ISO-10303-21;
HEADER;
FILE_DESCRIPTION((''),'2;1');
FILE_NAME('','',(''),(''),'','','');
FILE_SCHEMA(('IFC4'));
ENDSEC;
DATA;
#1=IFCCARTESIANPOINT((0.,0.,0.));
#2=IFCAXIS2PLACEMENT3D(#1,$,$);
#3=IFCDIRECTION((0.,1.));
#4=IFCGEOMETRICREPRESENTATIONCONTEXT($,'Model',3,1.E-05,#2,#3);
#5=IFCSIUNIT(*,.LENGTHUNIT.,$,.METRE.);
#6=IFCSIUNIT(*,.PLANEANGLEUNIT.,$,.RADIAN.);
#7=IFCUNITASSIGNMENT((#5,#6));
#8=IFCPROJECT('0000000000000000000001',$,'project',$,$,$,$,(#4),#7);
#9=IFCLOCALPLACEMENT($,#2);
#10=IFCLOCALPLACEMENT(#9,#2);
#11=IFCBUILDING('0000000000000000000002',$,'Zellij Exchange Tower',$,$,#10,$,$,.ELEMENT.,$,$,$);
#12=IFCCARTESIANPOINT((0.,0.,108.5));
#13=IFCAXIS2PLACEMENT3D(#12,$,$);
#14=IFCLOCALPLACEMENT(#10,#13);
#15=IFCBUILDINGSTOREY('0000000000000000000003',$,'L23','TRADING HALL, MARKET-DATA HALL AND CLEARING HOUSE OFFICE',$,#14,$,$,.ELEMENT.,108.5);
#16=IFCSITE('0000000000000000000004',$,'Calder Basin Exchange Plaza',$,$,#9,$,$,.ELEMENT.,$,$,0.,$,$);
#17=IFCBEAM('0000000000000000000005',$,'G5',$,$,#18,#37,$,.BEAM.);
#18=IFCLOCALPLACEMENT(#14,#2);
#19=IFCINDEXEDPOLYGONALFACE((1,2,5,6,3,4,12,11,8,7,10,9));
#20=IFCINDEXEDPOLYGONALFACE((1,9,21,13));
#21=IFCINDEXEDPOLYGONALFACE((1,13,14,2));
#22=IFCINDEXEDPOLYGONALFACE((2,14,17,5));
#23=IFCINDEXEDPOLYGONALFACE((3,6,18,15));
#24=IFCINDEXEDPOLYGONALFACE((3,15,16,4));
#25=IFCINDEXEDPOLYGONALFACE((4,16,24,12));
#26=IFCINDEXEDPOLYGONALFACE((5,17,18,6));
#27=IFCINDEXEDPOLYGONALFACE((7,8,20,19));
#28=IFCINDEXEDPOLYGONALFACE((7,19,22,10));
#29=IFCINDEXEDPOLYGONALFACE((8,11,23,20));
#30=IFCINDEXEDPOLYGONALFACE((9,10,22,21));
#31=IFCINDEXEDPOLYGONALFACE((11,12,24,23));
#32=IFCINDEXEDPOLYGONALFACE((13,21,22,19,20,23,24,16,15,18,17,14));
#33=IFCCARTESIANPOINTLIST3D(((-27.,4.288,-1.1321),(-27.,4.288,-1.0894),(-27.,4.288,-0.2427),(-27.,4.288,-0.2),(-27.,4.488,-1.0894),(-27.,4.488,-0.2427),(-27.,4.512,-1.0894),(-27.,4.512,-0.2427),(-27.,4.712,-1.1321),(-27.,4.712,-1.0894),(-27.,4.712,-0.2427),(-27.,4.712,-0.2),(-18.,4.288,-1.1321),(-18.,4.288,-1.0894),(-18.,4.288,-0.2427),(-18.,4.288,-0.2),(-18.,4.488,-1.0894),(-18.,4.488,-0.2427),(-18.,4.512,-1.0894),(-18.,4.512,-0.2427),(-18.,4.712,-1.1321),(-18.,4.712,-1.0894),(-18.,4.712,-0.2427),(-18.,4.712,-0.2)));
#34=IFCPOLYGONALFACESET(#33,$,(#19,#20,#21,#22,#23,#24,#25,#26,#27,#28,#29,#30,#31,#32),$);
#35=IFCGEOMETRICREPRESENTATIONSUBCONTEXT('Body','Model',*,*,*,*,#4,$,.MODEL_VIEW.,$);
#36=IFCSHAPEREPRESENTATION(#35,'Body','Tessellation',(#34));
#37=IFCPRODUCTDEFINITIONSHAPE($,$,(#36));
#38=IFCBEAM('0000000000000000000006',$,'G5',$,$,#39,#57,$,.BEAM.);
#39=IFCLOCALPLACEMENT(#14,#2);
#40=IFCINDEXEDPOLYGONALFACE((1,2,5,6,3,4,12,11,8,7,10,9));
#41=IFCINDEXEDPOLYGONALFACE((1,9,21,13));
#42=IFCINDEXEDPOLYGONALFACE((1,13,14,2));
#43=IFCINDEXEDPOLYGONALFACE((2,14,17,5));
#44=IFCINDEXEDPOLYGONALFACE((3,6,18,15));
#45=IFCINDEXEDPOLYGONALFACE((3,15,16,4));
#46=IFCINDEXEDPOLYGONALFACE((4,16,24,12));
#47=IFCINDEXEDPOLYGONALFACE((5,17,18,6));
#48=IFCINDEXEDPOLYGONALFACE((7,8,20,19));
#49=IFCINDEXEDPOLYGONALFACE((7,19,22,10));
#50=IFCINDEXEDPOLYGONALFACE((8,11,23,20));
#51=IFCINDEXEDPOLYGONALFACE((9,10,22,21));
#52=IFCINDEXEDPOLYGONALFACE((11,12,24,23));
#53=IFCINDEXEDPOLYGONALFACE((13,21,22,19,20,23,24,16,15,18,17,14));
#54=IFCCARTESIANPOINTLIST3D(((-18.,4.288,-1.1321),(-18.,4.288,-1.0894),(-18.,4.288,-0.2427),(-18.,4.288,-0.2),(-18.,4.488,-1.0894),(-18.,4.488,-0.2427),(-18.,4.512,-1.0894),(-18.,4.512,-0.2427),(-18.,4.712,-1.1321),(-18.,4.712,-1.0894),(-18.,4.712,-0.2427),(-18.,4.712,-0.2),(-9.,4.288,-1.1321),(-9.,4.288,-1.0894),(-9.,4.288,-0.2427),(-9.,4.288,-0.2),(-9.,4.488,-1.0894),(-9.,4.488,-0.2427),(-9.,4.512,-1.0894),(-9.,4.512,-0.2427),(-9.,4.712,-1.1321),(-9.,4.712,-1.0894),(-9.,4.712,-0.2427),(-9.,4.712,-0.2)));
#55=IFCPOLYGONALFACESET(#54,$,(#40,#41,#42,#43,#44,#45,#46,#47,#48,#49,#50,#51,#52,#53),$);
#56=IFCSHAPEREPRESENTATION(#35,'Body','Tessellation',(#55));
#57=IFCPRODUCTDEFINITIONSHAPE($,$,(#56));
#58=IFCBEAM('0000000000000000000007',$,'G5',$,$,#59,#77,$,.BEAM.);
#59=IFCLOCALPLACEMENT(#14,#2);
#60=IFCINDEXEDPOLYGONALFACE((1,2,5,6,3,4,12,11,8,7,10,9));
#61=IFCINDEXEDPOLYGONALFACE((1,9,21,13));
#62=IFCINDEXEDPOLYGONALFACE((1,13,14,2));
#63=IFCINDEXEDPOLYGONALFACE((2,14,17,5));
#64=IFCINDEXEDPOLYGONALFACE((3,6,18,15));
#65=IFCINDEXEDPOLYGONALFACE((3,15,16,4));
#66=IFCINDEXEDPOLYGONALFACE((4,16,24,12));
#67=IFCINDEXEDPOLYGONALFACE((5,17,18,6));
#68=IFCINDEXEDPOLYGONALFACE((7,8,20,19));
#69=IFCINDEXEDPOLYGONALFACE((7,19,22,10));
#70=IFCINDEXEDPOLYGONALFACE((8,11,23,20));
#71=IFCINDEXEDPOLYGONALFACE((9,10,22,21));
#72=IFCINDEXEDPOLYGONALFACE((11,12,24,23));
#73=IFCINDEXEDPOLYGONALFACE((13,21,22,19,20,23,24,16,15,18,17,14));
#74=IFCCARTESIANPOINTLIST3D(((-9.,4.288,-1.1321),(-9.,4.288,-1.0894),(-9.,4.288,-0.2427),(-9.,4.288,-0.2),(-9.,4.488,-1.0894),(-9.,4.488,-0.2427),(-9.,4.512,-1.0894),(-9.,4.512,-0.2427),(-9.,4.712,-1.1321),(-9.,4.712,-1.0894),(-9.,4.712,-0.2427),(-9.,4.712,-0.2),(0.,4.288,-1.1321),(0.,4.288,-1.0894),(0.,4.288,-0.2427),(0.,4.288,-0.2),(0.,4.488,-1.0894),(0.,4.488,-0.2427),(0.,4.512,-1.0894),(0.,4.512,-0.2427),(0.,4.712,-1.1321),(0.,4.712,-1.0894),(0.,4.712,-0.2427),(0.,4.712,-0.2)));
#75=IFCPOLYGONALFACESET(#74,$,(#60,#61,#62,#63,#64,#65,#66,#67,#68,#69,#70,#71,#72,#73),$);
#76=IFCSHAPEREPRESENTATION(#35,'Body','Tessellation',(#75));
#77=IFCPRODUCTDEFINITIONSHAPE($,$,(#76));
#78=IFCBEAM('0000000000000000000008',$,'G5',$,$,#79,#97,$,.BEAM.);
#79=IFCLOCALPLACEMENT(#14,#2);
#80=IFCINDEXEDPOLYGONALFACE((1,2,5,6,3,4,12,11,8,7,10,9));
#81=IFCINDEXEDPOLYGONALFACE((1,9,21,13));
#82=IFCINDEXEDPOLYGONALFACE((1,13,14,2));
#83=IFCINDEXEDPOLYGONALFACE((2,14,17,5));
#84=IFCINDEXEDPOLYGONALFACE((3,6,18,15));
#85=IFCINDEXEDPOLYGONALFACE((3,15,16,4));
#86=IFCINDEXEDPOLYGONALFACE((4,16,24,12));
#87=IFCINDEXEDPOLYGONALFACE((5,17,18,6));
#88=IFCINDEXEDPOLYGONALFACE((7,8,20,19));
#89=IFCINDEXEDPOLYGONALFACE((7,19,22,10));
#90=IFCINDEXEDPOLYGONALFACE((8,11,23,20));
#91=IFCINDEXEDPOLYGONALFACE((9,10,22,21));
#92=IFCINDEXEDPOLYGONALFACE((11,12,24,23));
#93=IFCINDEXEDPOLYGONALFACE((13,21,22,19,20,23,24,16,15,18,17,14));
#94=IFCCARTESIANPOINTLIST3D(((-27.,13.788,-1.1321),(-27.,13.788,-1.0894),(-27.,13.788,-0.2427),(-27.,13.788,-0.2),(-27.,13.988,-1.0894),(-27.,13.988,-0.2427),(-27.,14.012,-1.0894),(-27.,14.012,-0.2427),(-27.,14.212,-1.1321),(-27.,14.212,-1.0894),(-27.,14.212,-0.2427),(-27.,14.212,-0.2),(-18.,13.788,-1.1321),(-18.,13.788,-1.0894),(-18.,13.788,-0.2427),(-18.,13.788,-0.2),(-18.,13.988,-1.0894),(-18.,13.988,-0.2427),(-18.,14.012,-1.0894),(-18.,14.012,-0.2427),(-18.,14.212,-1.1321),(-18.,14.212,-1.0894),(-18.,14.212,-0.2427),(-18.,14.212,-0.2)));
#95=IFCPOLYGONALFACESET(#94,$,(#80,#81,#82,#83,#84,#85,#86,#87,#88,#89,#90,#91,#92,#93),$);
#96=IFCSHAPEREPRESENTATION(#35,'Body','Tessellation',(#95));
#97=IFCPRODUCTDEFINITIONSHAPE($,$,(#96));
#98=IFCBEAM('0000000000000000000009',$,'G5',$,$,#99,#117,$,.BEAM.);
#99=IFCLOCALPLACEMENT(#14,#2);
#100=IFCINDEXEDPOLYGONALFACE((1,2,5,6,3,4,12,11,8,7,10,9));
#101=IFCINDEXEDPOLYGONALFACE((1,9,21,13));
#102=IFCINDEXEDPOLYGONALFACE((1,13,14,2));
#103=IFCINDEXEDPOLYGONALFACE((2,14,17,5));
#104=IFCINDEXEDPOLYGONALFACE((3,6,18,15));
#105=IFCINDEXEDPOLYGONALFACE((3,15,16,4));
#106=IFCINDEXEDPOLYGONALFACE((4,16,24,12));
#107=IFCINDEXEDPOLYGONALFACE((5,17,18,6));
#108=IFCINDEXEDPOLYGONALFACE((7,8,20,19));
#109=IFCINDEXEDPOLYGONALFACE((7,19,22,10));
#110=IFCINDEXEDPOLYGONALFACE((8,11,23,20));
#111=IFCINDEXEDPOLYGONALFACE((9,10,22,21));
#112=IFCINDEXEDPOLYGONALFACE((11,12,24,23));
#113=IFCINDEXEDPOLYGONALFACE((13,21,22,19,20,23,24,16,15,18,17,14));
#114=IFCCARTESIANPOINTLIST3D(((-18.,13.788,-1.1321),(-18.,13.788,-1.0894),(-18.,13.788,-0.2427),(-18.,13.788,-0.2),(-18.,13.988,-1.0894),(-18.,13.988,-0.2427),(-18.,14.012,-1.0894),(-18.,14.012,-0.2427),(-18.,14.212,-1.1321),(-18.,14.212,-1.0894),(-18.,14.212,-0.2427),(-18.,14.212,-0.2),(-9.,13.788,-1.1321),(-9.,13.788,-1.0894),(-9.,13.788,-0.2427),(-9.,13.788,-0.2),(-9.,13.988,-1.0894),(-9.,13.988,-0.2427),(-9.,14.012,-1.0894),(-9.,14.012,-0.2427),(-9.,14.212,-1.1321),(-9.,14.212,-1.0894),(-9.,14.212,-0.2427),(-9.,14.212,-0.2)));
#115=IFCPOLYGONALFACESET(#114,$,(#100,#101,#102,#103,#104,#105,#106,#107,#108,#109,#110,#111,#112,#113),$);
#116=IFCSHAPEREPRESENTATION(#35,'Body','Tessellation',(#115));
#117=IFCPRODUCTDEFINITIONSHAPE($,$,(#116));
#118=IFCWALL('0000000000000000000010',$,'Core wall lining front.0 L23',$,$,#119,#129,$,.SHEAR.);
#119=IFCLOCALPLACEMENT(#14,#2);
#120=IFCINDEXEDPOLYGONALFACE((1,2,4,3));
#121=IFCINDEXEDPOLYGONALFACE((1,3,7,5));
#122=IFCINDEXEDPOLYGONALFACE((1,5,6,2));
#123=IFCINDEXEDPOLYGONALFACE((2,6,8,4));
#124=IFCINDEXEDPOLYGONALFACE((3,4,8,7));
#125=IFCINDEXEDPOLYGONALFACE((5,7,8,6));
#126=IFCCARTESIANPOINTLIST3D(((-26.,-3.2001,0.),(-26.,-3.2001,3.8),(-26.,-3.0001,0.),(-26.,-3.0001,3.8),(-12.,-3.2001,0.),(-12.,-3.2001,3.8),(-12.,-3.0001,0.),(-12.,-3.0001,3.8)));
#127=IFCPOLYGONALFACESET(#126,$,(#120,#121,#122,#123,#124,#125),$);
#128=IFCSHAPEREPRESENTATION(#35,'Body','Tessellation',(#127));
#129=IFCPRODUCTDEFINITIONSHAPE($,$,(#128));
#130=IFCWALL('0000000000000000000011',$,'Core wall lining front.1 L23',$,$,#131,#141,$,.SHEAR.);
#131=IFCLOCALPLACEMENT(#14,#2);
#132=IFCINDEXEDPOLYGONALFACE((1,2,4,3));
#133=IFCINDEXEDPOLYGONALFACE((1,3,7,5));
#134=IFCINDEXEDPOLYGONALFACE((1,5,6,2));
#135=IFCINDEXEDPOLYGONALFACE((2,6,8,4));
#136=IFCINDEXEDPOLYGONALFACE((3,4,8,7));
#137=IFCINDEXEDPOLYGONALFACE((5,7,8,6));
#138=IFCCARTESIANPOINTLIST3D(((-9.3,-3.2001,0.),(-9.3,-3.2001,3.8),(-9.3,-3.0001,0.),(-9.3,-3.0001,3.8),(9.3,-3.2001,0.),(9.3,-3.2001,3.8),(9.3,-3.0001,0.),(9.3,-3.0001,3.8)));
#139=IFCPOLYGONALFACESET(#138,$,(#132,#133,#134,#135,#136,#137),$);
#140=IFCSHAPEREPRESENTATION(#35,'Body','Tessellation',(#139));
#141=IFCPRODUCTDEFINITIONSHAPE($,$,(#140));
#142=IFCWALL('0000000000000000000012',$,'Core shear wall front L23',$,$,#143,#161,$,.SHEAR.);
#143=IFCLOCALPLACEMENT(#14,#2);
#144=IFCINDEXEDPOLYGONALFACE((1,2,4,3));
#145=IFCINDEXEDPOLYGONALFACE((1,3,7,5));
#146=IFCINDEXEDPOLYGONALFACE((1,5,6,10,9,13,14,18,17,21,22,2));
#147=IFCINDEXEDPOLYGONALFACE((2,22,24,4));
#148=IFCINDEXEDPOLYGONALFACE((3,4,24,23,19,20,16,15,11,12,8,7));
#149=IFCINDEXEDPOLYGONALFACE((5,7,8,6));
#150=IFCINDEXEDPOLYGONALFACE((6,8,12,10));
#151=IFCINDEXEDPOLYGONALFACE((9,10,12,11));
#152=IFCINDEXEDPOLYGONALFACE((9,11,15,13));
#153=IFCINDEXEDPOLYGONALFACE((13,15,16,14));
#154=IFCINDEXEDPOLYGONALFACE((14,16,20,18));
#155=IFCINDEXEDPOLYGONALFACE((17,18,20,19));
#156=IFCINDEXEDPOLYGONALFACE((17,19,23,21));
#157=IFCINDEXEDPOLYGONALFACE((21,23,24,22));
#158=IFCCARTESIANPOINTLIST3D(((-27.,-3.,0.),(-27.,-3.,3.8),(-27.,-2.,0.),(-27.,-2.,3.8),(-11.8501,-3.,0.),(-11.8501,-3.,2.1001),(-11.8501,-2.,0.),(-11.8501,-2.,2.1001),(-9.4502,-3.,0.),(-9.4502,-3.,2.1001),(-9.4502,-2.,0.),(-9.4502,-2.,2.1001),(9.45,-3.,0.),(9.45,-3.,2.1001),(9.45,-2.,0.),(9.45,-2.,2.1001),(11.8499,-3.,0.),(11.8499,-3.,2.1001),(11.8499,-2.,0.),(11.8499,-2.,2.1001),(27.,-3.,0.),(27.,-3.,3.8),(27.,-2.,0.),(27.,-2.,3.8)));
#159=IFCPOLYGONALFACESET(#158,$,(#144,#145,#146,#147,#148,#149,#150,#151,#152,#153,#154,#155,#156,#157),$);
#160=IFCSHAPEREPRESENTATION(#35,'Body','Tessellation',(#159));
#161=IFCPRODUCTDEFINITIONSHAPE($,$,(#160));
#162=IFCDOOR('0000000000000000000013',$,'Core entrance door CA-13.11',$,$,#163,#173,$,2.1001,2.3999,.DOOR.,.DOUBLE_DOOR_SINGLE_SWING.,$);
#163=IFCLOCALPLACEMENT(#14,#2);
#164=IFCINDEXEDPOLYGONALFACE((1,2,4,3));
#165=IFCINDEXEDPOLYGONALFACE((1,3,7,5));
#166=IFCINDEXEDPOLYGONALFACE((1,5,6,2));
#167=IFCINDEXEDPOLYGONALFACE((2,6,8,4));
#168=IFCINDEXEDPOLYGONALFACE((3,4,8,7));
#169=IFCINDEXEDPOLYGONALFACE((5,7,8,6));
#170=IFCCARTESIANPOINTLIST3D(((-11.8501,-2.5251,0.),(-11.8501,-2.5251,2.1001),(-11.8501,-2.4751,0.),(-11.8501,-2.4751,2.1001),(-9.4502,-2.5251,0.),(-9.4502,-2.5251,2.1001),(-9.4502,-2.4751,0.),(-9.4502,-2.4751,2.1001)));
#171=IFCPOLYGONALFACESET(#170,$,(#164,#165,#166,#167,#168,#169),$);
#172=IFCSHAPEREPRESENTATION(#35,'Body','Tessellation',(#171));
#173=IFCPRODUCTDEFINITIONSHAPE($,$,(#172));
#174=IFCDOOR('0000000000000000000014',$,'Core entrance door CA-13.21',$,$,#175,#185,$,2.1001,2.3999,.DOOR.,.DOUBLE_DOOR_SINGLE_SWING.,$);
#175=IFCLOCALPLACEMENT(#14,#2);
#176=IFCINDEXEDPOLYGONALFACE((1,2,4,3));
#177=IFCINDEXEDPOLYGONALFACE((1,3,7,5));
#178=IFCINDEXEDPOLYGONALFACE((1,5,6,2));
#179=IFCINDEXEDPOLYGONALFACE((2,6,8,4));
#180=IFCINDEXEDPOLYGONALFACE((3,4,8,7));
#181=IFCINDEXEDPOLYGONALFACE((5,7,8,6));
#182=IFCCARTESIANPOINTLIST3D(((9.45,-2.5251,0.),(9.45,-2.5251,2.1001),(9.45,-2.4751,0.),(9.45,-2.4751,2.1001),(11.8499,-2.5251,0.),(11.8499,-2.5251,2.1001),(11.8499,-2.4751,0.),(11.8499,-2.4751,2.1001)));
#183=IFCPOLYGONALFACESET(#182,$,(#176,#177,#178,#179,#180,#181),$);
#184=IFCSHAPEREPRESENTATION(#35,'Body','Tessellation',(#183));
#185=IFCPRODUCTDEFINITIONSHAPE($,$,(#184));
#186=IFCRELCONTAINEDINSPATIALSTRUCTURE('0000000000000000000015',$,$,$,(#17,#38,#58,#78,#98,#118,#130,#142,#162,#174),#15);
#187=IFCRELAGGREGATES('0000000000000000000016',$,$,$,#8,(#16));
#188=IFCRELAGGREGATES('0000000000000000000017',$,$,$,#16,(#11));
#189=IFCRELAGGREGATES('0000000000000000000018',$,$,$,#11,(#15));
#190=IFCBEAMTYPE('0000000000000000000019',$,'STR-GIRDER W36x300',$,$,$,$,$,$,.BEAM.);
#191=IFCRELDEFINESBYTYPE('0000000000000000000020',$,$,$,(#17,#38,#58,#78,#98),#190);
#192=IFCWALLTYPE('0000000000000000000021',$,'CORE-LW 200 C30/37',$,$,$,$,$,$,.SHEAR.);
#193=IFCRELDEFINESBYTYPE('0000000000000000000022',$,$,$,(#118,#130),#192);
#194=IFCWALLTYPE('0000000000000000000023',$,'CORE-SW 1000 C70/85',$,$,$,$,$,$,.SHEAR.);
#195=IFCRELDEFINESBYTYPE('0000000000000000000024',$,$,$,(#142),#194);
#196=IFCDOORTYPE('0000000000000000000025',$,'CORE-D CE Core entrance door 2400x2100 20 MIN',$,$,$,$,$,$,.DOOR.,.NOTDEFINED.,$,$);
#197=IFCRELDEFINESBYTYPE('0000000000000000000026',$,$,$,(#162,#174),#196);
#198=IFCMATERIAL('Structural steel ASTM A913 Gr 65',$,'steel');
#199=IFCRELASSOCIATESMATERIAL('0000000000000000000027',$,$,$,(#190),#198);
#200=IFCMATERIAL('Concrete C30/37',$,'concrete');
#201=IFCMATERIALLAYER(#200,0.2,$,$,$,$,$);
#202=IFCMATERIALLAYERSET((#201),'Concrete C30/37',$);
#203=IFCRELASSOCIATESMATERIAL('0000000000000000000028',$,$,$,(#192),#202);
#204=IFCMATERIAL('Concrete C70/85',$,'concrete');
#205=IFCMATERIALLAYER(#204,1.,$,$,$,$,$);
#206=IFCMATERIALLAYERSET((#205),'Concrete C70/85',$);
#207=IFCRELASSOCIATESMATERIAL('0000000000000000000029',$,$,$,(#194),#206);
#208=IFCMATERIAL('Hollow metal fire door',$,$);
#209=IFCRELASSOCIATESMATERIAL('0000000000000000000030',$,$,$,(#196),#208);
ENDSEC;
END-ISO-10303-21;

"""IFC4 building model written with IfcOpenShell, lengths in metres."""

from ifc_helpers import new_model, si_unit, direction, frame, frame_2d, origin, origin_2d, place, context, subcontext, project, spatial, rectangle, i_section, extrude, material, layer, layer_set, material_profile, profile_set, type_object, element, fill, save


model = new_model("IFC4")

# Units and contexts
model_context = context("Model", 3, precision=1e-05, world=origin(), true_north=direction((0.0, 1.0)))
body_context = subcontext(model_context, "Body", "Model", "MODEL_VIEW")
ifc_project = project(units=[si_unit("LENGTHUNIT", "METRE"), si_unit("PLANEANGLEUNIT", "RADIAN")], contexts=[model_context])

# Site, building, storey
site_placement = place(None, origin())
site = spatial("IfcSite", under=ifc_project, at=site_placement, Name="Calder Basin Exchange Plaza", CompositionType="ELEMENT", RefElevation=0.0)
building_placement = place(site_placement, origin())
building = spatial("IfcBuilding", under=site, at=building_placement, Name="Zellij Exchange Tower", CompositionType="ELEMENT")
storey_placement = place(building_placement, frame((0.0, 0.0, 108.5)))
storey = spatial("IfcBuildingStorey", under=building, at=storey_placement, Name="L23", Description="TRADING HALL, MARKET-DATA HALL AND CLEARING HOUSE OFFICE", CompositionType="ELEMENT", Elevation=108.5)

# Shared definitions
ifc_material_1 = material(Name="Concrete C70/85", Category="concrete")
ifc_material_2 = material(Name="Structural steel ASTM A913 Gr 65", Category="steel")

# Beams
ifc_material_profile_1 = material_profile(ifc_material_2, i_section(OverallWidth=0.4241, OverallDepth=0.9321, WebThickness=0.0239, FlangeThickness=0.0427, at=origin_2d()), Name="W36x300")
ifc_profile_set_1 = profile_set([ifc_material_profile_1], Name="Structural steel ASTM A913 Gr 65")
beam_type_1 = type_object("IfcBeamType", Name="STR-GIRDER W36x300", PredefinedType="BEAM", material=ifc_profile_set_1)
for number, where, z_axis, x_axis, name in (
    (1, (-27.0, 4.5, -0.666), (1.0, 0.0, 0.0), (0.0, 1.0, 0.0), "G5"),
    (2, (-18.0, 4.5, -0.666), (1.0, 0.0, 0.0), (0.0, 1.0, 0.0), "G5"),
    (3, (-9.0, 4.5, -0.666), (1.0, 0.0, 0.0), (0.0, 1.0, 0.0), "G5"),
    (4, (-27.0, 14.0, -0.666), (1.0, 0.0, 0.0), (0.0, 1.0, 0.0), "G5"),
    (5, (-18.0, 14.0, -0.666), (1.0, 0.0, 0.0), (0.0, 1.0, 0.0), "G5"),
):
    element("IfcBeam", number, at=place(storey_placement, frame(where, z_axis=z_axis, x_axis=x_axis)), inside=storey, type_object=beam_type_1, Name=name, PredefinedType="BEAM", context=body_context, shape_type="SweptSolid", body=[
        extrude(i_section(OverallWidth=0.4241, OverallDepth=0.9321, WebThickness=0.0239, FlangeThickness=0.0427, at=origin_2d()), origin(), (0.0, 0.0, 1.0), 9.0),
    ])

# Walls
ifc_material_3 = material(Name="Concrete C30/37", Category="concrete")
ifc_layer_1 = layer(ifc_material_3, 0.2)
ifc_layer_set_1 = layer_set([ifc_layer_1], Name="Concrete C30/37")
wall_type_1 = type_object("IfcWallType", Name="CORE-LW 200 C30/37", PredefinedType="SHEAR", material=ifc_layer_set_1)
wall_1_placement = place(storey_placement, frame((-26.0, -3.1001, 0.0), z_axis=(0.0, 0.0, 1.0), x_axis=(1.0, 0.0, 0.0)))
element("IfcWall", 6, at=wall_1_placement, inside=storey, type_object=wall_type_1, Name="Core wall lining front.0 L23", PredefinedType="SHEAR", context=body_context, shape_type="SweptSolid", body=[
    extrude(rectangle(XDim=14.0, YDim=0.2, at=frame_2d((7.0, 0.0))), origin(), (0.0, 0.0, 1.0), 3.8),
])
wall_2_placement = place(storey_placement, frame((-9.3, -3.1001, 0.0), z_axis=(0.0, 0.0, 1.0), x_axis=(1.0, 0.0, 0.0)))
element("IfcWall", 7, at=wall_2_placement, inside=storey, type_object=wall_type_1, Name="Core wall lining front.1 L23", PredefinedType="SHEAR", context=body_context, shape_type="SweptSolid", body=[
    extrude(rectangle(XDim=18.6001, YDim=0.2, at=frame_2d((9.3, 0.0))), origin(), (0.0, 0.0, 1.0), 3.8),
])

# Wall, openings, doors
ifc_layer_2 = layer(ifc_material_1, 1.0)
ifc_layer_set_2 = layer_set([ifc_layer_2], Name="Concrete C70/85")
wall_type_2 = type_object("IfcWallType", Name="CORE-SW 1000 C70/85", PredefinedType="SHEAR", material=ifc_layer_set_2)
wall_3_placement = place(storey_placement, frame((-27.0, -2.5, 0.0), z_axis=(0.0, 0.0, 1.0), x_axis=(1.0, 0.0, 0.0)))
wall_3 = element("IfcWall", 8, at=wall_3_placement, inside=storey, type_object=wall_type_2, Name="Core shear wall front L23", PredefinedType="SHEAR", context=body_context, shape_type="SweptSolid", body=[
    extrude(rectangle(XDim=54.0, YDim=1.0, at=frame_2d((27.0, 0.0))), origin(), (0.0, 0.0, 1.0), 3.8),
])
opening_1_placement = place(wall_3_placement, frame((15.1499, 0.0, 0.0)))
opening_1 = element("IfcOpeningElement", 9, at=opening_1_placement, cuts=wall_3, PredefinedType="OPENING", context=body_context, shape_type="SweptSolid", body=[
    extrude(rectangle(XDim=2.3999, YDim=2.1001, at=frame_2d((1.2, 1.05))), frame((0.0, 0.512, 0.0), z_axis=(0.0, -1.0, 0.0), x_axis=(1.0, 0.0, 0.0)), (0.0, 0.0, 1.0), 1.0239),
])
opening_2_placement = place(wall_3_placement, frame((36.45, 0.0, 0.0)))
opening_2 = element("IfcOpeningElement", 10, at=opening_2_placement, cuts=wall_3, PredefinedType="OPENING", context=body_context, shape_type="SweptSolid", body=[
    extrude(rectangle(XDim=2.3999, YDim=2.1001, at=frame_2d((1.2, 1.05))), frame((0.0, 0.512, 0.0), z_axis=(0.0, -1.0, 0.0), x_axis=(1.0, 0.0, 0.0)), (0.0, 0.0, 1.0), 1.0239),
])
ifc_material_4 = material(Name="Hollow metal fire door")
door_type_1 = type_object("IfcDoorType", Name="CORE-D CE Core entrance door 2400x2100 20 MIN", OperationType="NOTDEFINED", PredefinedType="DOOR", material=ifc_material_4)
door_1_placement = place(opening_1_placement, origin())
door_1 = element("IfcDoor", 11, at=door_1_placement, inside=storey, type_object=door_type_1, Name="Core entrance door CA-13.11", OperationType="DOUBLE_DOOR_SINGLE_SWING", OverallHeight=2.1001, OverallWidth=2.3999, PredefinedType="DOOR", context=body_context, shape_type="SweptSolid", body=[
    extrude(rectangle(XDim=2.3999, YDim=2.1001, at=frame_2d((1.2, 1.05))), frame((0.0, 0.0249, 0.0), z_axis=(0.0, -1.0, 0.0), x_axis=(1.0, 0.0, 0.0)), (0.0, 0.0, 1.0), 0.05),
])
fill(opening_1, door_1)
door_2_placement = place(opening_2_placement, origin())
door_2 = element("IfcDoor", 12, at=door_2_placement, inside=storey, type_object=door_type_1, Name="Core entrance door CA-13.21", OperationType="DOUBLE_DOOR_SINGLE_SWING", OverallHeight=2.1001, OverallWidth=2.3999, PredefinedType="DOOR", context=body_context, shape_type="SweptSolid", body=[
    extrude(rectangle(XDim=2.3999, YDim=2.1001, at=frame_2d((1.2, 1.05))), frame((0.0, 0.0249, 0.0), z_axis=(0.0, -1.0, 0.0), x_axis=(1.0, 0.0, 0.0)), (0.0, 0.0, 1.0), 0.05),
])
fill(opening_2, door_2)

save(model, "model.ifc")
